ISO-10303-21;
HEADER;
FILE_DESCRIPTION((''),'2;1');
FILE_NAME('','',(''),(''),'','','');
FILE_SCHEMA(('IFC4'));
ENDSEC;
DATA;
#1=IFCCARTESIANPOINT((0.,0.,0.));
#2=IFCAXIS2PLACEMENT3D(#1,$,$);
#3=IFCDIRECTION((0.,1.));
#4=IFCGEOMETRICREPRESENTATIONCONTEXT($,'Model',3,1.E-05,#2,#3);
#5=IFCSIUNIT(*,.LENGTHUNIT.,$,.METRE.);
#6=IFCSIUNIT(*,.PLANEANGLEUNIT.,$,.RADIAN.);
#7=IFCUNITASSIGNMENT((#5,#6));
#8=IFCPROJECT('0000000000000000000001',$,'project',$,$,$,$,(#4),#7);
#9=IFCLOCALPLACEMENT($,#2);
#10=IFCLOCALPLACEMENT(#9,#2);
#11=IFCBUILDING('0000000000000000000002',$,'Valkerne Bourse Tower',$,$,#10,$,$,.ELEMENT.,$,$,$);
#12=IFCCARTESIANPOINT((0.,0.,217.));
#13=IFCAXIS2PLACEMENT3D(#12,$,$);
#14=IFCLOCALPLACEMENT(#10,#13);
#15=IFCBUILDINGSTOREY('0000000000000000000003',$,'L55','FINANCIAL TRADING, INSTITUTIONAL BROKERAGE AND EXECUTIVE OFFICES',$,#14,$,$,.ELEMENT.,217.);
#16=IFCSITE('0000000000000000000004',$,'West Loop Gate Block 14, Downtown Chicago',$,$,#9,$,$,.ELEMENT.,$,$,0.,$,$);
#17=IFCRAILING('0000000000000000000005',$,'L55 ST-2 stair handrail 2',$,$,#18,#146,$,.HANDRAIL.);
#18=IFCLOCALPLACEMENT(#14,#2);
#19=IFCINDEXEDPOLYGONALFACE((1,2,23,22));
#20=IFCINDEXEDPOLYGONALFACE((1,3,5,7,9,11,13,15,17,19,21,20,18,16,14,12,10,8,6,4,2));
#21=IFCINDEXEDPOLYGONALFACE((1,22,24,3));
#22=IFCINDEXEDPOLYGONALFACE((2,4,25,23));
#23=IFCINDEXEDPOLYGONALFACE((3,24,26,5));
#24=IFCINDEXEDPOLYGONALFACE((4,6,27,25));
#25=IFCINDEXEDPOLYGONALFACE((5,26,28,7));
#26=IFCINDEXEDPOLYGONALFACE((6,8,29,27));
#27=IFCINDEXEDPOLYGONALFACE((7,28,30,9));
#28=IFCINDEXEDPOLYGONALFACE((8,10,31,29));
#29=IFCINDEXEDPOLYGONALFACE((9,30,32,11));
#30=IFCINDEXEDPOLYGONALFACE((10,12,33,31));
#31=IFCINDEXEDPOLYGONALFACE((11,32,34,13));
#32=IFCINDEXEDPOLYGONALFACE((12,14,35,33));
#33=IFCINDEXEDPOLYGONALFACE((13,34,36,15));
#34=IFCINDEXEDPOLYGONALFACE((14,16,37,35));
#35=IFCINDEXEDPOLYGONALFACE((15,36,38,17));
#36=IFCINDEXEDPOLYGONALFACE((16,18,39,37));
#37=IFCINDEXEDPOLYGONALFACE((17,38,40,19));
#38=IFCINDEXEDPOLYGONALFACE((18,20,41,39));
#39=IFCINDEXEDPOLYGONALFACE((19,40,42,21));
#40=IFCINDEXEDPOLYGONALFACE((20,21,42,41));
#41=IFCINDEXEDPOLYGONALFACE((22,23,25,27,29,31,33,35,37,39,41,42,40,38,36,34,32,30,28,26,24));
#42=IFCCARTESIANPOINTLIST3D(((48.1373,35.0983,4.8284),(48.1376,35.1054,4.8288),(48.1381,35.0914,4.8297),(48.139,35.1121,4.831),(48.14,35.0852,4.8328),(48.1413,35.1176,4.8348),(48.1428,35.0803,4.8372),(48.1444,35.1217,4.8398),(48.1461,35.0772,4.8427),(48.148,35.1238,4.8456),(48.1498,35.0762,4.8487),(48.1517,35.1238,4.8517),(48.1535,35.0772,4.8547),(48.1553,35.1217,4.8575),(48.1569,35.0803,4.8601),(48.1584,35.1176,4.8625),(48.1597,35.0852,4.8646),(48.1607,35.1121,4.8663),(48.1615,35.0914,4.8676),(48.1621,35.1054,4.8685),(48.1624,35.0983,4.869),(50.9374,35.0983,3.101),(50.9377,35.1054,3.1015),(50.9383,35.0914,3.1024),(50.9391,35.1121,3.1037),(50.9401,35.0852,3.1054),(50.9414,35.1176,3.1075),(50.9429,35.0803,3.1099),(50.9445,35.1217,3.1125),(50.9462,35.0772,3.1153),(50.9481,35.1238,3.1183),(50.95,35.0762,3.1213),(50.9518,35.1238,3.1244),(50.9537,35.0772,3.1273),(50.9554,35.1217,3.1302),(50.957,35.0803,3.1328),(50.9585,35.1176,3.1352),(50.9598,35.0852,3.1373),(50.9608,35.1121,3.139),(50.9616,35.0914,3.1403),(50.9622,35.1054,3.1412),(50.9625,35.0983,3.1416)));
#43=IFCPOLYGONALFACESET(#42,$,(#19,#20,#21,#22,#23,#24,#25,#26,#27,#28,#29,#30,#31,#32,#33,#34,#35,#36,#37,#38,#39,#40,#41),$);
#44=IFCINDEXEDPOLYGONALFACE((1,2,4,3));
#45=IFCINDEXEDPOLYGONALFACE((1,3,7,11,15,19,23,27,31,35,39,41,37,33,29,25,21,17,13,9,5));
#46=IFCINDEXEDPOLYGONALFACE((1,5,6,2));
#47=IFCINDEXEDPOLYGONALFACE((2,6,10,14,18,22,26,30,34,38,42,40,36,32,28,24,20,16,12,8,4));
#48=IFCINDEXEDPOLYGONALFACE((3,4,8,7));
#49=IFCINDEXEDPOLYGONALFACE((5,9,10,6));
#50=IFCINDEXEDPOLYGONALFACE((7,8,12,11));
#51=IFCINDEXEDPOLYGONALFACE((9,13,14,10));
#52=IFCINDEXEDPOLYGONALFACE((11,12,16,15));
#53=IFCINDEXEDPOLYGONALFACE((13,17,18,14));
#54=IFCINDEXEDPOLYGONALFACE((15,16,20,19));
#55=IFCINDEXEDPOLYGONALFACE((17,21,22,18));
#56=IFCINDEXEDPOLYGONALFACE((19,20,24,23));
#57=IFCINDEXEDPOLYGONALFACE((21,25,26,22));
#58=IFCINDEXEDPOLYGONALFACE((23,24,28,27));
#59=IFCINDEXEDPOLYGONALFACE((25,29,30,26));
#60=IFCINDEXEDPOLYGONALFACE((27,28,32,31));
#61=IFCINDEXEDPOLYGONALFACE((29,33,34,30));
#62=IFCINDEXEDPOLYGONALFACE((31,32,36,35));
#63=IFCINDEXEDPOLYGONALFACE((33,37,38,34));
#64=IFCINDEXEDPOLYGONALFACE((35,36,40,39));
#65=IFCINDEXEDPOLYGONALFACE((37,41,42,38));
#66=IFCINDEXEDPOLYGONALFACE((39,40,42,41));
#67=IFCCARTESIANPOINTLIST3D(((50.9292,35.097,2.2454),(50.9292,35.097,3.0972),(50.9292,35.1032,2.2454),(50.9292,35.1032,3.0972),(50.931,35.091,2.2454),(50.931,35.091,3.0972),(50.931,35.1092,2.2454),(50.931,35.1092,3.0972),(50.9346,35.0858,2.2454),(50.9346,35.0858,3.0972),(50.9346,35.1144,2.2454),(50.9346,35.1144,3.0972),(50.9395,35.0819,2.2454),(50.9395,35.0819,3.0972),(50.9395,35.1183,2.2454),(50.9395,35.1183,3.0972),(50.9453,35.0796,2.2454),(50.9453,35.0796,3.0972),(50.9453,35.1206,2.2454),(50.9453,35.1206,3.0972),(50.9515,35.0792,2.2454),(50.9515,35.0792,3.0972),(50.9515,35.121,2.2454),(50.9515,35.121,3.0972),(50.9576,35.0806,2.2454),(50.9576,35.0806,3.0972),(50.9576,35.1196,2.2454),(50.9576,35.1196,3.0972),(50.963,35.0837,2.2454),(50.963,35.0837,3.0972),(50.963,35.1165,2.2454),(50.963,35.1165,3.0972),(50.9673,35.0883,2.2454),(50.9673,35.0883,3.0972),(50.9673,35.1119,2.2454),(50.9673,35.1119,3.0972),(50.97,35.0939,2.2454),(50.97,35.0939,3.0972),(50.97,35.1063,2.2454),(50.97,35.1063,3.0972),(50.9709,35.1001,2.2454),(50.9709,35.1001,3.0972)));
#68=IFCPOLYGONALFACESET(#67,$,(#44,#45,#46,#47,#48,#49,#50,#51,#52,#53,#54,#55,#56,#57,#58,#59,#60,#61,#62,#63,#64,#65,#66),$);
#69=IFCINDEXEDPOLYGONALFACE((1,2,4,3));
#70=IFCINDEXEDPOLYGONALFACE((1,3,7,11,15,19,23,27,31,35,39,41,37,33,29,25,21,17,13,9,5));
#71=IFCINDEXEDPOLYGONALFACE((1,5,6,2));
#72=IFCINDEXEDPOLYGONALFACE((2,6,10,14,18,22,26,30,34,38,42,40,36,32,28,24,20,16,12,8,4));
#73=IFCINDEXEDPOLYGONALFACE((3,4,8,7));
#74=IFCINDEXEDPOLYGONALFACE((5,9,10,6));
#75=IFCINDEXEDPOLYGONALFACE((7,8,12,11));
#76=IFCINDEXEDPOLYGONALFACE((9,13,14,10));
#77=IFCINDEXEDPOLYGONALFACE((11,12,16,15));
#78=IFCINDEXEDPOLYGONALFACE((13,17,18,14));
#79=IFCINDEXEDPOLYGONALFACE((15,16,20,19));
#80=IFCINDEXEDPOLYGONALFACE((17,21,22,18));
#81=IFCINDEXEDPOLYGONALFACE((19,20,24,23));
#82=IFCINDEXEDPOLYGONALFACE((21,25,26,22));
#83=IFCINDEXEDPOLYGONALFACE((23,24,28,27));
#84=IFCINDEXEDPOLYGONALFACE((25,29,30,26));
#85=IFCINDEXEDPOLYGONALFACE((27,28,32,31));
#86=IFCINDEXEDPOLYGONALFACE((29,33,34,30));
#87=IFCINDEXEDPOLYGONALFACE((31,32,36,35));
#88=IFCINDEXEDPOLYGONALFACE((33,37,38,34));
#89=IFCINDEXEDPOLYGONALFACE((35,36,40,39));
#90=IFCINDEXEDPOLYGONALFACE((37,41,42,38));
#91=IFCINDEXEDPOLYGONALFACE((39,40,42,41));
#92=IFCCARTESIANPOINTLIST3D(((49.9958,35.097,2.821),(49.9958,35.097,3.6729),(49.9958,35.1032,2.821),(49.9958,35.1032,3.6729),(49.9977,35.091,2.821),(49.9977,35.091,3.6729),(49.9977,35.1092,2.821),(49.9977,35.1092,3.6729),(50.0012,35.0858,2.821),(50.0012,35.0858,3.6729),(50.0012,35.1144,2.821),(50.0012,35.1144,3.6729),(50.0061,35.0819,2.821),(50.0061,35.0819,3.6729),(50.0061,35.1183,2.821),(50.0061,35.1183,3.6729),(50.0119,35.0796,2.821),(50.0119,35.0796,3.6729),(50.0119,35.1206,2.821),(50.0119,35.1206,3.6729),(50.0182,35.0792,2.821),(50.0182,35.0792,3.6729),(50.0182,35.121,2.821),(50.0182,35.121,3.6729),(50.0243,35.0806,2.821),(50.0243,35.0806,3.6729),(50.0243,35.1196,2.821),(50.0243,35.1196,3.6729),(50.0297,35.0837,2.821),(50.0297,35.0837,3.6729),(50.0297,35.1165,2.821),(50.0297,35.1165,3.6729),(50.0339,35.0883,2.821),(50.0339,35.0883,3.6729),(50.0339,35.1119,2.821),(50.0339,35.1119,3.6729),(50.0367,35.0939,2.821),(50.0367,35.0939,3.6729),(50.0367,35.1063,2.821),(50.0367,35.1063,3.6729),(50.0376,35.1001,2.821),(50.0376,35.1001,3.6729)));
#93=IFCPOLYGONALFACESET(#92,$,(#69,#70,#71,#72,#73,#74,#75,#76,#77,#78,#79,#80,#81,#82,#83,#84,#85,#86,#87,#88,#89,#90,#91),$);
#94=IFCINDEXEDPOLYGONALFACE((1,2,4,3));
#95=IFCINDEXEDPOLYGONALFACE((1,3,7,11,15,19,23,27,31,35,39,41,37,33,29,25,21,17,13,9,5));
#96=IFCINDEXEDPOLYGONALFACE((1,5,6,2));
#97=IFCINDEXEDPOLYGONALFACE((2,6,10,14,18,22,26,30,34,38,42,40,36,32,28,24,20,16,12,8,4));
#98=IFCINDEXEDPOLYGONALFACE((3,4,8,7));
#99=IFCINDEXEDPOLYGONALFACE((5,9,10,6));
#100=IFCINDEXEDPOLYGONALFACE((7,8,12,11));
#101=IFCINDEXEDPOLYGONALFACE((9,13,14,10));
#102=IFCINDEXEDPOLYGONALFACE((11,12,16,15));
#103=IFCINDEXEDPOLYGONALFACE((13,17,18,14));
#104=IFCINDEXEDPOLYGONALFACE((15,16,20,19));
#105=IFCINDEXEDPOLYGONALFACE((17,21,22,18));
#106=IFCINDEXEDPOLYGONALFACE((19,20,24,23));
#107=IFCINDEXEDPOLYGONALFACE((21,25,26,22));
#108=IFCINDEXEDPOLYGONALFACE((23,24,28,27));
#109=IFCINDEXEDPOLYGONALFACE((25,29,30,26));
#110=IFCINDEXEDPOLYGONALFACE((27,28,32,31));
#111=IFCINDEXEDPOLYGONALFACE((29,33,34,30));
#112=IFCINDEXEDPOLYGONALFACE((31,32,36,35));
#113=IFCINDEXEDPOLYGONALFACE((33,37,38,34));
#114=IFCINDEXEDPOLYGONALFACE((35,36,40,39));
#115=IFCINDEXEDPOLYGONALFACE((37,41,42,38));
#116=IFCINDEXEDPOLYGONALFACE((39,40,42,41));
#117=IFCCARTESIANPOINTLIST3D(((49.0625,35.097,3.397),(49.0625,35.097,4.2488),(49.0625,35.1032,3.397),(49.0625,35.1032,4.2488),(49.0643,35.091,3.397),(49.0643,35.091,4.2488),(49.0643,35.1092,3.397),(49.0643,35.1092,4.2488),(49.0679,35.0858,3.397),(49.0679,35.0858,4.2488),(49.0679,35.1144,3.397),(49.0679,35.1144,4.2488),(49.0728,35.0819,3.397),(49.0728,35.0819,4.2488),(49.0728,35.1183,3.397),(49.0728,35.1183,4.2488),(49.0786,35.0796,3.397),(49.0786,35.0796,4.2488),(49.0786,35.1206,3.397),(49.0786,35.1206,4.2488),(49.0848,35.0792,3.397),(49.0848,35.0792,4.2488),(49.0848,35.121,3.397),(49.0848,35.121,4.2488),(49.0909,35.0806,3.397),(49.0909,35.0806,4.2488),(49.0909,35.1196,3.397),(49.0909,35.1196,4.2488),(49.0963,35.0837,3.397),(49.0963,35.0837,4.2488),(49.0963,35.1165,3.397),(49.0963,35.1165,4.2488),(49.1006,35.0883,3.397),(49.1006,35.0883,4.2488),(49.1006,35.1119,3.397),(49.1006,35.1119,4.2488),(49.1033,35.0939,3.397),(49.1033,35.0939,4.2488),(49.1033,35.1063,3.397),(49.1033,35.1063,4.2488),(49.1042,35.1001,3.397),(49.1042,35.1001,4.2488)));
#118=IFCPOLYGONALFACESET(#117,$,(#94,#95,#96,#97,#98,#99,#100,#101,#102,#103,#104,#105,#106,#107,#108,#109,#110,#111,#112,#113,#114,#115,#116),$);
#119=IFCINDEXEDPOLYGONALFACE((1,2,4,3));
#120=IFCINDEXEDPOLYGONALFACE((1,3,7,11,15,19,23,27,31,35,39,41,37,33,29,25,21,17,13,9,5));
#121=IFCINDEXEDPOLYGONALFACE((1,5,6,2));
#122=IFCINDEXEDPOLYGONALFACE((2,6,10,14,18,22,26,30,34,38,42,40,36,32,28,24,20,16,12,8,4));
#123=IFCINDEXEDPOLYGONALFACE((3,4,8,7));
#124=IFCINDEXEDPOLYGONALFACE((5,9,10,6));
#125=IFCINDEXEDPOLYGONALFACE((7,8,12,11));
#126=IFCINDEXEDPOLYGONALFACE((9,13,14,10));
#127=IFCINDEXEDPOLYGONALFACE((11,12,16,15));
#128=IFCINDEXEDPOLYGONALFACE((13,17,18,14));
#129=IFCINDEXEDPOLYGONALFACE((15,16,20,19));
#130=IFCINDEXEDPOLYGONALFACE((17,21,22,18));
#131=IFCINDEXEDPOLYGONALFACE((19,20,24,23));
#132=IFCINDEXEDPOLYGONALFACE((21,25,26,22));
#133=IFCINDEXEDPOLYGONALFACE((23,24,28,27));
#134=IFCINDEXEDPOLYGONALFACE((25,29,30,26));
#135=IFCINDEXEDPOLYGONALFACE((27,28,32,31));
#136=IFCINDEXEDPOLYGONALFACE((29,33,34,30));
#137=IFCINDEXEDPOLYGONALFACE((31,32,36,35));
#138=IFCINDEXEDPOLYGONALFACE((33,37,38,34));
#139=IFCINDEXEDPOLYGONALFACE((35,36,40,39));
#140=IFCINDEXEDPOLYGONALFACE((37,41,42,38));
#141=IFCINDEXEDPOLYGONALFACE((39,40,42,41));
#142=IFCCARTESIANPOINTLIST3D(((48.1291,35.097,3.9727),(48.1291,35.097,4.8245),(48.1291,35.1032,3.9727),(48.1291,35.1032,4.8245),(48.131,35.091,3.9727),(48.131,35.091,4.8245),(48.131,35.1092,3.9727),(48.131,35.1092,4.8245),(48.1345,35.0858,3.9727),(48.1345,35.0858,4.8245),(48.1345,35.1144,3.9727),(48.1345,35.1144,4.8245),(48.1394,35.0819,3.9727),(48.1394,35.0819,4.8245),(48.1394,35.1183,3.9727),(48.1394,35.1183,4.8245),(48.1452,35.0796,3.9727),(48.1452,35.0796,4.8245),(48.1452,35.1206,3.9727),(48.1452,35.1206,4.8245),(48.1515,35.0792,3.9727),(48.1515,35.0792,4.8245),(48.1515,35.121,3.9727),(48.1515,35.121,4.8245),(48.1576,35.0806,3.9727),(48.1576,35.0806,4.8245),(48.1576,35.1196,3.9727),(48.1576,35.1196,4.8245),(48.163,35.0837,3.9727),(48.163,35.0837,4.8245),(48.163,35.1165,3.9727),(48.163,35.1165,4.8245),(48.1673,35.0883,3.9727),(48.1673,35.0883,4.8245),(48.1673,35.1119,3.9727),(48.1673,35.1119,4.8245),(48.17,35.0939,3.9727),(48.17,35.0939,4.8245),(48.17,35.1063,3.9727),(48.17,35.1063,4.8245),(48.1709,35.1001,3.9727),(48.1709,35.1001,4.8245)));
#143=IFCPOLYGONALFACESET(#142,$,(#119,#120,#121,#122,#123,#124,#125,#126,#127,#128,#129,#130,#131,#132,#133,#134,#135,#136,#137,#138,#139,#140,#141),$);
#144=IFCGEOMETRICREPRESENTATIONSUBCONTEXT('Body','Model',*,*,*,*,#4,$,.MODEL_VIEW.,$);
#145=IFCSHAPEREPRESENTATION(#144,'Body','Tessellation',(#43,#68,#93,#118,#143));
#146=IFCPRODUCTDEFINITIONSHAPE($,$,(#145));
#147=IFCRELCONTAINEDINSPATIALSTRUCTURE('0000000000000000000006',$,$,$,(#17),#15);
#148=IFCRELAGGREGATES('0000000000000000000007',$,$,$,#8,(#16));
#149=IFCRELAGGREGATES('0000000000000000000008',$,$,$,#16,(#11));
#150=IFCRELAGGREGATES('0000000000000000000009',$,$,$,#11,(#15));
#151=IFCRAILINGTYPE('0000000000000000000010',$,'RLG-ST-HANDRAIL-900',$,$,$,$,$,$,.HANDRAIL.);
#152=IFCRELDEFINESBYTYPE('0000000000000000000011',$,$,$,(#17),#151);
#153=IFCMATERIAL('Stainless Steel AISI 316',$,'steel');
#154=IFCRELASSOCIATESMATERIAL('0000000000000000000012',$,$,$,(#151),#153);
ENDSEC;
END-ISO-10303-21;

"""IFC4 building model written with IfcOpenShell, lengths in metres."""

from ifc_helpers import new_model, si_unit, direction, frame, origin, origin_2d, place, context, subcontext, project, spatial, circle, extrude, material, type_object, element, save


model = new_model("IFC4")

# Units and contexts
model_context = context("Model", 3, precision=1e-05, world=origin(), true_north=direction((0.0, 1.0)))
body_context = subcontext(model_context, "Body", "Model", "MODEL_VIEW")
ifc_project = project(units=[si_unit("LENGTHUNIT", "METRE"), si_unit("PLANEANGLEUNIT", "RADIAN")], contexts=[model_context])

# Site, building, storey
site_placement = place(None, origin())
site = spatial("IfcSite", under=ifc_project, at=site_placement, Name="West Loop Gate Block 14, Downtown Chicago", CompositionType="ELEMENT", RefElevation=0.0)
building_placement = place(site_placement, origin())
building = spatial("IfcBuilding", under=site, at=building_placement, Name="Valkerne Bourse Tower", CompositionType="ELEMENT")
storey_placement = place(building_placement, frame((0.0, 0.0, 217.0)))
storey = spatial("IfcBuildingStorey", under=building, at=storey_placement, Name="L55", Description="FINANCIAL TRADING, INSTITUTIONAL BROKERAGE AND EXECUTIVE OFFICES", CompositionType="ELEMENT", Elevation=217.0)

# Railing
ifc_material_1 = material(Name="Stainless Steel AISI 316", Category="steel")
railing_type_1 = type_object("IfcRailingType", Name="RLG-ST-HANDRAIL-900", PredefinedType="HANDRAIL", material=ifc_material_1)
railing_1_placement = place(storey_placement, frame((50.95, 35.1001, 2.2454)))
element("IfcRailing", 1, at=railing_1_placement, inside=storey, type_object=railing_type_1, Name="L55 ST-2 stair handrail 2", PredefinedType="HANDRAIL", context=body_context, shape_type="SweptSolid", body=[
    extrude(circle(Radius=0.0239, at=origin_2d()), frame((0.0, 0.0, 0.876), z_axis=(-0.85109, 0.0, 0.52502), x_axis=(0.0, -1.0, 0.0)), (0.0, 0.0, 1.0), 3.29),
    extrude(circle(Radius=0.021, at=origin_2d()), origin(), (0.0, 0.0, 1.0), 0.8518),
    extrude(circle(Radius=0.021, at=origin_2d()), frame((-0.9333, 0.0, 0.5757)), (0.0, 0.0, 1.0), 0.8518),
    extrude(circle(Radius=0.021, at=origin_2d()), frame((-1.8667, 0.0, 1.1516)), (0.0, 0.0, 1.0), 0.8518),
    extrude(circle(Radius=0.021, at=origin_2d()), frame((-2.8, 0.0, 1.7273)), (0.0, 0.0, 1.0), 0.8518),
])

save(model, "model.ifc")
